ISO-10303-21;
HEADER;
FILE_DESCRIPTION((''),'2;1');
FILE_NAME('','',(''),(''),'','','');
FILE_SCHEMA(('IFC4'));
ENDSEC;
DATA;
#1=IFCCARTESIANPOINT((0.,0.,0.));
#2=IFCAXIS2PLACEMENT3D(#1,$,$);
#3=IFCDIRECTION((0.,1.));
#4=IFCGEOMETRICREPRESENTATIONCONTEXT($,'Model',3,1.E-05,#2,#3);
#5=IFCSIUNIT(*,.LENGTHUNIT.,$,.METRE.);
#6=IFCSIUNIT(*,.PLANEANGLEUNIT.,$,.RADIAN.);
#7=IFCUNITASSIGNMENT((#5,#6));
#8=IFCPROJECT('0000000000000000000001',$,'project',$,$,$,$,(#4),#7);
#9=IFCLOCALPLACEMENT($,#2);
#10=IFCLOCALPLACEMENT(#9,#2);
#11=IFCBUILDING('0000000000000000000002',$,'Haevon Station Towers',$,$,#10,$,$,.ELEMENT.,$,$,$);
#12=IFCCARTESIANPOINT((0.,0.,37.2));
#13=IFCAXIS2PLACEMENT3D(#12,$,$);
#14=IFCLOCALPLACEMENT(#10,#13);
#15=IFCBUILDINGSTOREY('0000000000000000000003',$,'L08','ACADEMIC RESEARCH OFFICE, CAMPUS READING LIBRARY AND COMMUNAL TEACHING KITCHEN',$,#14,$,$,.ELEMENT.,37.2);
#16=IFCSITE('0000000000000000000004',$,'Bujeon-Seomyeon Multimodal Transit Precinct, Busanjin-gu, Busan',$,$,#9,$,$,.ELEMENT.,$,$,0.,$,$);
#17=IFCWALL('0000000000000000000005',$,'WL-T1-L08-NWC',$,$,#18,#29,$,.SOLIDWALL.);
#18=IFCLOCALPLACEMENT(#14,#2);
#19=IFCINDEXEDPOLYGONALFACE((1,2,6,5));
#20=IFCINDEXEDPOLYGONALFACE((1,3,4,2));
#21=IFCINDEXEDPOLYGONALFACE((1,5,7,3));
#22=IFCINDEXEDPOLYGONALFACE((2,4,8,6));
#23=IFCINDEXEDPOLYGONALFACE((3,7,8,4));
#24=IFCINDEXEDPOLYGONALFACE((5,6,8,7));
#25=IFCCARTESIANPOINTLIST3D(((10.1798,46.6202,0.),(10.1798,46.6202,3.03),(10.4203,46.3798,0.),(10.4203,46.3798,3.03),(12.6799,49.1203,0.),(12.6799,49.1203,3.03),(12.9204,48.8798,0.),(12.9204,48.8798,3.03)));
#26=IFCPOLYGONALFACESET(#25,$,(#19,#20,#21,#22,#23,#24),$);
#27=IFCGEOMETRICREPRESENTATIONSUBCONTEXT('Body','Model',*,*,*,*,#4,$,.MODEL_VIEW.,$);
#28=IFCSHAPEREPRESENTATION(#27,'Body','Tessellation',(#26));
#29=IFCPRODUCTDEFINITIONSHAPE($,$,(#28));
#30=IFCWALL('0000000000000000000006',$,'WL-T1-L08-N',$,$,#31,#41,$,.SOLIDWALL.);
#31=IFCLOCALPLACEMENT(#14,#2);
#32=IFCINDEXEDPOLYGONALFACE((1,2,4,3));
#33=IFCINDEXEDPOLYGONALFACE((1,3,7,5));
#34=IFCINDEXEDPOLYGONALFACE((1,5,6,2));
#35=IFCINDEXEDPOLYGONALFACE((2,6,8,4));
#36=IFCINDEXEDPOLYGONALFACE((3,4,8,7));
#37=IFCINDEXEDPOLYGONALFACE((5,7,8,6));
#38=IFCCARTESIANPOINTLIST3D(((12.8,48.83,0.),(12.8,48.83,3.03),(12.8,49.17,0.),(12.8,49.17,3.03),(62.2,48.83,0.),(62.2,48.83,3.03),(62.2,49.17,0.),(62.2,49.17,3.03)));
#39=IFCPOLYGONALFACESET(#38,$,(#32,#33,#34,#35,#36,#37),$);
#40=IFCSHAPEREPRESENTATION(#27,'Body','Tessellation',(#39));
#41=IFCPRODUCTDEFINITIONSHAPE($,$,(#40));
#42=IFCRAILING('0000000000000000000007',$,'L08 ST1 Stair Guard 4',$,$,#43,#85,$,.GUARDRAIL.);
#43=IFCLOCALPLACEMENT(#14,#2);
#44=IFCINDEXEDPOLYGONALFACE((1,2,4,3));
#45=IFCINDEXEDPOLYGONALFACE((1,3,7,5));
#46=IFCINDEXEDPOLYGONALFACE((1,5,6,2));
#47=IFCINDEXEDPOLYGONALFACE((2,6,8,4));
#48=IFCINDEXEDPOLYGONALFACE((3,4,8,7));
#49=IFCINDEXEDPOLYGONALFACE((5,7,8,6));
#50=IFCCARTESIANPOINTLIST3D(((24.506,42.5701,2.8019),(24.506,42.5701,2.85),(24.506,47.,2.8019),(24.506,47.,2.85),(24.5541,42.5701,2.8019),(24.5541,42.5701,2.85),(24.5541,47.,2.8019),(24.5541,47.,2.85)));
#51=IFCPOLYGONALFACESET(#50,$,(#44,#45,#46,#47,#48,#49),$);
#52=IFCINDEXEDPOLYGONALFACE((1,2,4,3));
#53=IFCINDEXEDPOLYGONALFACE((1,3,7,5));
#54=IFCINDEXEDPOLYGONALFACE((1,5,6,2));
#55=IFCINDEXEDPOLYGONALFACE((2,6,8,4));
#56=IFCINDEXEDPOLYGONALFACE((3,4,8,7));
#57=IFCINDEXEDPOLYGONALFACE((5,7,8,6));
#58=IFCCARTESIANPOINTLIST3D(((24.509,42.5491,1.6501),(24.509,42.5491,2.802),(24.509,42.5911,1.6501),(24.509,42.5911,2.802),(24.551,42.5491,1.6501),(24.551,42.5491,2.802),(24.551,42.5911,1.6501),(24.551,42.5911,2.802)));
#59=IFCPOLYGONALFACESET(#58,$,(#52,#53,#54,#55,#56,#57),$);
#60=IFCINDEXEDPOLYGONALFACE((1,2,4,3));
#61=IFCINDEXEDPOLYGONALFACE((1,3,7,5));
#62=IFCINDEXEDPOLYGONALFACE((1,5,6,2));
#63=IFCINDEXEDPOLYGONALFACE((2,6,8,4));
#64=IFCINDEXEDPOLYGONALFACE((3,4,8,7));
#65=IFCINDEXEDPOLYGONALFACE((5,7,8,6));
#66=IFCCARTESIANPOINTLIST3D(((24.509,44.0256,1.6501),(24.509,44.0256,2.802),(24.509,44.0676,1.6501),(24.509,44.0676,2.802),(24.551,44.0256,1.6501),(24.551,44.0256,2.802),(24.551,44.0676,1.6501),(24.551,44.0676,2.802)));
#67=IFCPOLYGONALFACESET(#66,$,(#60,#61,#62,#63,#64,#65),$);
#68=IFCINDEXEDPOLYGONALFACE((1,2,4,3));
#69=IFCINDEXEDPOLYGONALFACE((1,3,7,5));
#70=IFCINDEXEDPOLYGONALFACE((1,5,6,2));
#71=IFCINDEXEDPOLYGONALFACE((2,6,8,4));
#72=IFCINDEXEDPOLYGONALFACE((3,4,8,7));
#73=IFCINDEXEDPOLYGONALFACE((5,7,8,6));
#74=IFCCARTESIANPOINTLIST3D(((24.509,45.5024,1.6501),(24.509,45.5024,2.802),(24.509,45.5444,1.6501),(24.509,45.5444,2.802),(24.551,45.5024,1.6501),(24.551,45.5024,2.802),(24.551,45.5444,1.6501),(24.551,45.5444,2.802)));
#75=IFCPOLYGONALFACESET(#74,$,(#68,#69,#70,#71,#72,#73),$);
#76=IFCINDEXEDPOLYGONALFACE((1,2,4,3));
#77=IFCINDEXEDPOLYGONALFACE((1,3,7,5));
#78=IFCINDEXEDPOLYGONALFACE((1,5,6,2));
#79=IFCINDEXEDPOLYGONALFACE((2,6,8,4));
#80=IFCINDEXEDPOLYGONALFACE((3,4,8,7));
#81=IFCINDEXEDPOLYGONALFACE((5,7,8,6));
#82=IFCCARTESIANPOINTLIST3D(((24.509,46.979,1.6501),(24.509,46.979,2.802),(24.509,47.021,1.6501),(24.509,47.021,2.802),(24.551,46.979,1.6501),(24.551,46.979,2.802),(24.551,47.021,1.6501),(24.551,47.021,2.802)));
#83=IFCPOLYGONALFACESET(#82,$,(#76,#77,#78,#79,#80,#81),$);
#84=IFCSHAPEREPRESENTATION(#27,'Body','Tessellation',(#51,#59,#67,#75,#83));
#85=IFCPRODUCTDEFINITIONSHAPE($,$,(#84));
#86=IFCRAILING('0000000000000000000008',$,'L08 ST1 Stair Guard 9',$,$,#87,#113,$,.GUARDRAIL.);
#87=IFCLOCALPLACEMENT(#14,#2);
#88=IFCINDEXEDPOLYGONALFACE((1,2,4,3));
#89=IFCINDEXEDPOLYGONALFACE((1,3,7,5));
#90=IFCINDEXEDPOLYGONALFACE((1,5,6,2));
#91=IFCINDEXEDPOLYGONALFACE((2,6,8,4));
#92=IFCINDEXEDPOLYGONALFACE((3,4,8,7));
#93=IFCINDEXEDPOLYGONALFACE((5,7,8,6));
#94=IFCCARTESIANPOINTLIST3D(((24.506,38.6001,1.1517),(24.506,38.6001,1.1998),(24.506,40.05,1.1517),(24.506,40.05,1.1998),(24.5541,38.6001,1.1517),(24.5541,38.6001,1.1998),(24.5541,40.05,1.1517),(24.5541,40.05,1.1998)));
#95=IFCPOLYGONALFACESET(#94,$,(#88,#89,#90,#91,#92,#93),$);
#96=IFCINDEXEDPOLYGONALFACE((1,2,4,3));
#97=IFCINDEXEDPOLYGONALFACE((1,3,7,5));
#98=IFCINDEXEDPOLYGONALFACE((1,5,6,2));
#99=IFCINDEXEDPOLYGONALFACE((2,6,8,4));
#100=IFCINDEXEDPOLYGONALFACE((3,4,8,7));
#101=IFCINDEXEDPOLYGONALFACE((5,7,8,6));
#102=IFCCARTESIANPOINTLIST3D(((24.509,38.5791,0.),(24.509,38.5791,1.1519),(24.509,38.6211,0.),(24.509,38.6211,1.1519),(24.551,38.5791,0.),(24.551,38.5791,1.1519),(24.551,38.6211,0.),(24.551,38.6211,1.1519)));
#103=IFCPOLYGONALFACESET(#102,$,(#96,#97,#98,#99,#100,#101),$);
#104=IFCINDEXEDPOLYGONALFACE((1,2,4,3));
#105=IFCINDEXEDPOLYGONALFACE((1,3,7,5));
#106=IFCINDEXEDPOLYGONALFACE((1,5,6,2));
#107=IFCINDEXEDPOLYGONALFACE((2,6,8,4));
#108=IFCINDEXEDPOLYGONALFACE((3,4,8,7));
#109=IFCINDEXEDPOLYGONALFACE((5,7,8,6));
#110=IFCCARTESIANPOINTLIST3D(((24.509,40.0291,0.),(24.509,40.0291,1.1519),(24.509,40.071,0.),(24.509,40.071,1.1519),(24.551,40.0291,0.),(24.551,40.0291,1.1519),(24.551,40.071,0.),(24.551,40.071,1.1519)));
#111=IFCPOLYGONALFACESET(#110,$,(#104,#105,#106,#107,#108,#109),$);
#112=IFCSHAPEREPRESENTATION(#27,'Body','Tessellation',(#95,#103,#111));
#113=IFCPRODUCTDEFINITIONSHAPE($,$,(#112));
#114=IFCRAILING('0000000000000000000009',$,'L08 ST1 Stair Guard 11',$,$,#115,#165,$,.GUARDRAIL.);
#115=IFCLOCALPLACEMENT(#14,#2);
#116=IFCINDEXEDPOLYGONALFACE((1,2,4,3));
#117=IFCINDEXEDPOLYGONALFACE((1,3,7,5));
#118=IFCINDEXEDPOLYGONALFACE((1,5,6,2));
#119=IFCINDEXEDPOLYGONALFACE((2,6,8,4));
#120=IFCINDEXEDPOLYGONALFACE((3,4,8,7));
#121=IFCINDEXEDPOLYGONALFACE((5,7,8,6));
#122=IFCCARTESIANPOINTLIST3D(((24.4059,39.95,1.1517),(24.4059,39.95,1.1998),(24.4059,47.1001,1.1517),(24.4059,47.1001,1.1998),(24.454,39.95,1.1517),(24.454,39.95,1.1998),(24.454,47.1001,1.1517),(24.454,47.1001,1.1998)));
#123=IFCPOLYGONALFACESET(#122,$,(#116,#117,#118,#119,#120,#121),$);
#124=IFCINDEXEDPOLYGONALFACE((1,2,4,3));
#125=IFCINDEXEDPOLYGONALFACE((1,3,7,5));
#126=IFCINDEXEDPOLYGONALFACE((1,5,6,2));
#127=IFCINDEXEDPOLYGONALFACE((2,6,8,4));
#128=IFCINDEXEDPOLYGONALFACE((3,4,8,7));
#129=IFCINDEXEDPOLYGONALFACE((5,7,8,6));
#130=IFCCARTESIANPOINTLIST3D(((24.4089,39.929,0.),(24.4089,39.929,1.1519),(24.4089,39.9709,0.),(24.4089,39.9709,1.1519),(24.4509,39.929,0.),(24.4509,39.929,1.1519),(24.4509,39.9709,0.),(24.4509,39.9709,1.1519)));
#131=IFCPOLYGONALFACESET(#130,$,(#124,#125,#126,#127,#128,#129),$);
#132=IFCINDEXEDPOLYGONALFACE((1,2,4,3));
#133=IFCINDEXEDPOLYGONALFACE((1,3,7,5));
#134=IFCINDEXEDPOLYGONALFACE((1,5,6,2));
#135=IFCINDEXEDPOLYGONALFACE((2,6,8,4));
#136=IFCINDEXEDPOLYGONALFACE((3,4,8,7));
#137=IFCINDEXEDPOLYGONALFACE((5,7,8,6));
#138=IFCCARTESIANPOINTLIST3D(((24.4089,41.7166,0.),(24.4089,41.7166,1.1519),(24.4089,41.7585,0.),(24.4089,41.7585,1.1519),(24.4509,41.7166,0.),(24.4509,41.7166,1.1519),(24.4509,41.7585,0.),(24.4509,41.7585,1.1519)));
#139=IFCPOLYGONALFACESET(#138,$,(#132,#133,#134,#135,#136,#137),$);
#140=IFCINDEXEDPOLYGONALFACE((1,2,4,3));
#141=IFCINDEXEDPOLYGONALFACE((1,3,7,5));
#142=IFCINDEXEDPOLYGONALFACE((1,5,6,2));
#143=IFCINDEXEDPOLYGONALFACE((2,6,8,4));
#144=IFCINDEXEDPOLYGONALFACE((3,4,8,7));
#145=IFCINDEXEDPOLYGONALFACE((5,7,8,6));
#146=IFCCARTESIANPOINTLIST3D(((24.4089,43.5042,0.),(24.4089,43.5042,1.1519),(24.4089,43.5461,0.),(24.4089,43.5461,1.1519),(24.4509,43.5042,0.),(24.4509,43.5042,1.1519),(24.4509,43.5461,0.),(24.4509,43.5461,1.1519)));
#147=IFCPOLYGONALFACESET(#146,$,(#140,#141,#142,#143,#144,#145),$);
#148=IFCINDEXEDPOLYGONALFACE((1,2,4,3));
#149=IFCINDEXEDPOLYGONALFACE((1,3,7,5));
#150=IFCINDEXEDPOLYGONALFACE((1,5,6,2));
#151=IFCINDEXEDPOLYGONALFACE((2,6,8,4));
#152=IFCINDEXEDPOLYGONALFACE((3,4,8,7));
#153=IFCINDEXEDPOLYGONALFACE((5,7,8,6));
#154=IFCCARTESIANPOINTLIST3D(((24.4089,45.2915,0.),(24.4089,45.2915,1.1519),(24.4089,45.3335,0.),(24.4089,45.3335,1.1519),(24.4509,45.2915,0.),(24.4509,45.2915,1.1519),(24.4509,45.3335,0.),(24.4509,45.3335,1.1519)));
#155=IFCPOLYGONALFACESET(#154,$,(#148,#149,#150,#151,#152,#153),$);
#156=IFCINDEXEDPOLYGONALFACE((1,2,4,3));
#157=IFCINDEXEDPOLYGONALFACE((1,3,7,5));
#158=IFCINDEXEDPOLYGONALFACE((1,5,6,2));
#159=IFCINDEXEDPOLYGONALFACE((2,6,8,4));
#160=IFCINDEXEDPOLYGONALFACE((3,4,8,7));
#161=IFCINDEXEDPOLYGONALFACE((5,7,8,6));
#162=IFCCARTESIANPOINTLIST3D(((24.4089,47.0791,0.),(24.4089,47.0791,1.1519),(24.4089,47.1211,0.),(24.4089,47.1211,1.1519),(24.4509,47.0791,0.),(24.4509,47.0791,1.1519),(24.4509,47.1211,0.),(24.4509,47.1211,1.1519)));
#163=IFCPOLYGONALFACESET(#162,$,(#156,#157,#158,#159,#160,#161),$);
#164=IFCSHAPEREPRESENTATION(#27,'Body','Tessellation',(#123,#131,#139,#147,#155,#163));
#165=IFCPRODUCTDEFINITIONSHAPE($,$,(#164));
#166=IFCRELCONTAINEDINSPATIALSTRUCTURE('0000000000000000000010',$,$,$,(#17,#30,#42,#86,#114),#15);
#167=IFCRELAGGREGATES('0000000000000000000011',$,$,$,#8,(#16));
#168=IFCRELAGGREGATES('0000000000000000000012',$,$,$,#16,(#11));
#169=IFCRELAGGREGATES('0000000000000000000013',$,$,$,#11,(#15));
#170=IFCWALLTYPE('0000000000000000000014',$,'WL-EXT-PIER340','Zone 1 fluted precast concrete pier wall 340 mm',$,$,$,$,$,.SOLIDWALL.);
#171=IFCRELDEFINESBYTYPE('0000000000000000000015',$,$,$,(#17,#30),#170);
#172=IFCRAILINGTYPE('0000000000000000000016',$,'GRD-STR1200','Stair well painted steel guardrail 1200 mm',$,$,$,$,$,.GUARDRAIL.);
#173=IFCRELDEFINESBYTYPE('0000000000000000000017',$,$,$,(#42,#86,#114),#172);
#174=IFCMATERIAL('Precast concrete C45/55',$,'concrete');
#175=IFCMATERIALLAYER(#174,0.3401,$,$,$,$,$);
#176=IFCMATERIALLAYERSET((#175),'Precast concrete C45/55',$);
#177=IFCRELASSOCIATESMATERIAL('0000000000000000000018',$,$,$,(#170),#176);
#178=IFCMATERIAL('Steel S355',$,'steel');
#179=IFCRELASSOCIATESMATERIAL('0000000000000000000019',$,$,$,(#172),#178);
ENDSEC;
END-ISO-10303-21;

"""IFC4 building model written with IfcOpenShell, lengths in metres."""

from ifc_helpers import new_model, si_unit, direction, frame, frame_2d, origin, origin_2d, place, context, subcontext, project, spatial, rectangle, extrude, material, layer, layer_set, type_object, element, save


model = new_model("IFC4")

# Units and contexts
model_context = context("Model", 3, precision=1e-05, world=origin(), true_north=direction((0.0, 1.0)))
body_context = subcontext(model_context, "Body", "Model", "MODEL_VIEW")
ifc_project = project(units=[si_unit("LENGTHUNIT", "METRE"), si_unit("PLANEANGLEUNIT", "RADIAN")], contexts=[model_context])

# Site, building, storey
site_placement = place(None, origin())
site = spatial("IfcSite", under=ifc_project, at=site_placement, Name="Bujeon-Seomyeon Multimodal Transit Precinct, Busanjin-gu, Busan", CompositionType="ELEMENT", RefElevation=0.0)
building_placement = place(site_placement, origin())
building = spatial("IfcBuilding", under=site, at=building_placement, Name="Haevon Station Towers", CompositionType="ELEMENT")
storey_placement = place(building_placement, frame((0.0, 0.0, 37.2)))
storey = spatial("IfcBuildingStorey", under=building, at=storey_placement, Name="L08", Description="ACADEMIC RESEARCH OFFICE, CAMPUS READING LIBRARY AND COMMUNAL TEACHING KITCHEN", CompositionType="ELEMENT", Elevation=37.2)

# Shared definitions
ifc_material_1 = material(Name="Steel S355", Category="steel")

# Walls
ifc_material_2 = material(Name="Precast concrete C45/55", Category="concrete")
ifc_layer_1 = layer(ifc_material_2, 0.3401)
ifc_layer_set_1 = layer_set([ifc_layer_1], Name="Precast concrete C45/55")
wall_type_1 = type_object("IfcWallType", Name="WL-EXT-PIER340", Description="Zone 1 fluted precast concrete pier wall 340 mm", PredefinedType="SOLIDWALL", material=ifc_layer_set_1)
wall_1_placement = place(storey_placement, frame((10.3, 46.5, 0.0), z_axis=(0.0, 0.0, 1.0), x_axis=(0.707107, 0.707107, 0.0)))
element("IfcWall", 1, at=wall_1_placement, inside=storey, type_object=wall_type_1, Name="WL-T1-L08-NWC", PredefinedType="SOLIDWALL", context=body_context, shape_type="SweptSolid", body=[
    extrude(rectangle(XDim=3.5356, YDim=0.3401, at=frame_2d((1.7678, 0.0))), origin(), (0.0, 0.0, 1.0), 3.03),
])
wall_2_placement = place(storey_placement, frame((12.8, 49.0, 0.0), z_axis=(0.0, 0.0, 1.0), x_axis=(1.0, 0.0, 0.0)))
element("IfcWall", 2, at=wall_2_placement, inside=storey, type_object=wall_type_1, Name="WL-T1-L08-N", PredefinedType="SOLIDWALL", context=body_context, shape_type="SweptSolid", body=[
    extrude(rectangle(XDim=49.3999, YDim=0.3401, at=frame_2d((24.7, 0.0))), origin(), (0.0, 0.0, 1.0), 3.03),
])

# Railings
railing_type = type_object("IfcRailingType", Name="GRD-STR1200", Description="Stair well painted steel guardrail 1200 mm", PredefinedType="GUARDRAIL", material=ifc_material_1)
railing_1_placement = place(storey_placement, frame((24.53, 42.5701, 1.6501)))
element("IfcRailing", 3, at=railing_1_placement, inside=storey, type_object=railing_type, Name="L08 ST1 Stair Guard 4", PredefinedType="GUARDRAIL", context=body_context, shape_type="SweptSolid", body=[
    extrude(rectangle(XDim=0.0481, YDim=0.0481, at=origin_2d()), frame((0.0, 0.0, 1.1758), z_axis=(0.0, 1.0, 0.0), x_axis=(-1.0, 0.0, 0.0)), (0.0, 0.0, 1.0), 4.4299),
    extrude(rectangle(XDim=0.042, YDim=0.042, at=origin_2d()), origin(), (0.0, 0.0, 1.0), 1.1519),
    extrude(rectangle(XDim=0.042, YDim=0.042, at=origin_2d()), frame((0.0, 1.4766, 0.0)), (0.0, 0.0, 1.0), 1.1519),
    extrude(rectangle(XDim=0.042, YDim=0.042, at=origin_2d()), frame((0.0, 2.9534, 0.0)), (0.0, 0.0, 1.0), 1.1519),
    extrude(rectangle(XDim=0.042, YDim=0.042, at=origin_2d()), frame((0.0, 4.4299, 0.0)), (0.0, 0.0, 1.0), 1.1519),
])
railing_2_placement = place(storey_placement, frame((24.53, 38.6001, 0.0)))
element("IfcRailing", 4, at=railing_2_placement, inside=storey, type_object=railing_type, Name="L08 ST1 Stair Guard 9", PredefinedType="GUARDRAIL", context=body_context, shape_type="SweptSolid", body=[
    extrude(rectangle(XDim=0.0481, YDim=0.0481, at=origin_2d()), frame((0.0, 0.0, 1.1758), z_axis=(0.0, 1.0, 0.0), x_axis=(-1.0, 0.0, 0.0)), (0.0, 0.0, 1.0), 1.45),
    extrude(rectangle(XDim=0.042, YDim=0.042, at=origin_2d()), origin(), (0.0, 0.0, 1.0), 1.1519),
    extrude(rectangle(XDim=0.042, YDim=0.042, at=origin_2d()), frame((0.0, 1.45, 0.0)), (0.0, 0.0, 1.0), 1.1519),
])
railing_3_placement = place(storey_placement, frame((24.4299, 39.95, 0.0)))
element("IfcRailing", 5, at=railing_3_placement, inside=storey, type_object=railing_type, Name="L08 ST1 Stair Guard 11", PredefinedType="GUARDRAIL", context=body_context, shape_type="SweptSolid", body=[
    extrude(rectangle(XDim=0.0481, YDim=0.0481, at=origin_2d()), frame((0.0, 0.0, 1.1758), z_axis=(0.0, 1.0, 0.0), x_axis=(-1.0, 0.0, 0.0)), (0.0, 0.0, 1.0), 7.1501),
    extrude(rectangle(XDim=0.042, YDim=0.042, at=origin_2d()), origin(), (0.0, 0.0, 1.0), 1.1519),
    extrude(rectangle(XDim=0.042, YDim=0.042, at=origin_2d()), frame((0.0, 1.7876, 0.0)), (0.0, 0.0, 1.0), 1.1519),
    extrude(rectangle(XDim=0.042, YDim=0.042, at=origin_2d()), frame((0.0, 3.5752, 0.0)), (0.0, 0.0, 1.0), 1.1519),
    extrude(rectangle(XDim=0.042, YDim=0.042, at=origin_2d()), frame((0.0, 5.3625, 0.0)), (0.0, 0.0, 1.0), 1.1519),
    extrude(rectangle(XDim=0.042, YDim=0.042, at=origin_2d()), frame((0.0, 7.1501, 0.0)), (0.0, 0.0, 1.0), 1.1519),
])

save(model, "model.ifc")
